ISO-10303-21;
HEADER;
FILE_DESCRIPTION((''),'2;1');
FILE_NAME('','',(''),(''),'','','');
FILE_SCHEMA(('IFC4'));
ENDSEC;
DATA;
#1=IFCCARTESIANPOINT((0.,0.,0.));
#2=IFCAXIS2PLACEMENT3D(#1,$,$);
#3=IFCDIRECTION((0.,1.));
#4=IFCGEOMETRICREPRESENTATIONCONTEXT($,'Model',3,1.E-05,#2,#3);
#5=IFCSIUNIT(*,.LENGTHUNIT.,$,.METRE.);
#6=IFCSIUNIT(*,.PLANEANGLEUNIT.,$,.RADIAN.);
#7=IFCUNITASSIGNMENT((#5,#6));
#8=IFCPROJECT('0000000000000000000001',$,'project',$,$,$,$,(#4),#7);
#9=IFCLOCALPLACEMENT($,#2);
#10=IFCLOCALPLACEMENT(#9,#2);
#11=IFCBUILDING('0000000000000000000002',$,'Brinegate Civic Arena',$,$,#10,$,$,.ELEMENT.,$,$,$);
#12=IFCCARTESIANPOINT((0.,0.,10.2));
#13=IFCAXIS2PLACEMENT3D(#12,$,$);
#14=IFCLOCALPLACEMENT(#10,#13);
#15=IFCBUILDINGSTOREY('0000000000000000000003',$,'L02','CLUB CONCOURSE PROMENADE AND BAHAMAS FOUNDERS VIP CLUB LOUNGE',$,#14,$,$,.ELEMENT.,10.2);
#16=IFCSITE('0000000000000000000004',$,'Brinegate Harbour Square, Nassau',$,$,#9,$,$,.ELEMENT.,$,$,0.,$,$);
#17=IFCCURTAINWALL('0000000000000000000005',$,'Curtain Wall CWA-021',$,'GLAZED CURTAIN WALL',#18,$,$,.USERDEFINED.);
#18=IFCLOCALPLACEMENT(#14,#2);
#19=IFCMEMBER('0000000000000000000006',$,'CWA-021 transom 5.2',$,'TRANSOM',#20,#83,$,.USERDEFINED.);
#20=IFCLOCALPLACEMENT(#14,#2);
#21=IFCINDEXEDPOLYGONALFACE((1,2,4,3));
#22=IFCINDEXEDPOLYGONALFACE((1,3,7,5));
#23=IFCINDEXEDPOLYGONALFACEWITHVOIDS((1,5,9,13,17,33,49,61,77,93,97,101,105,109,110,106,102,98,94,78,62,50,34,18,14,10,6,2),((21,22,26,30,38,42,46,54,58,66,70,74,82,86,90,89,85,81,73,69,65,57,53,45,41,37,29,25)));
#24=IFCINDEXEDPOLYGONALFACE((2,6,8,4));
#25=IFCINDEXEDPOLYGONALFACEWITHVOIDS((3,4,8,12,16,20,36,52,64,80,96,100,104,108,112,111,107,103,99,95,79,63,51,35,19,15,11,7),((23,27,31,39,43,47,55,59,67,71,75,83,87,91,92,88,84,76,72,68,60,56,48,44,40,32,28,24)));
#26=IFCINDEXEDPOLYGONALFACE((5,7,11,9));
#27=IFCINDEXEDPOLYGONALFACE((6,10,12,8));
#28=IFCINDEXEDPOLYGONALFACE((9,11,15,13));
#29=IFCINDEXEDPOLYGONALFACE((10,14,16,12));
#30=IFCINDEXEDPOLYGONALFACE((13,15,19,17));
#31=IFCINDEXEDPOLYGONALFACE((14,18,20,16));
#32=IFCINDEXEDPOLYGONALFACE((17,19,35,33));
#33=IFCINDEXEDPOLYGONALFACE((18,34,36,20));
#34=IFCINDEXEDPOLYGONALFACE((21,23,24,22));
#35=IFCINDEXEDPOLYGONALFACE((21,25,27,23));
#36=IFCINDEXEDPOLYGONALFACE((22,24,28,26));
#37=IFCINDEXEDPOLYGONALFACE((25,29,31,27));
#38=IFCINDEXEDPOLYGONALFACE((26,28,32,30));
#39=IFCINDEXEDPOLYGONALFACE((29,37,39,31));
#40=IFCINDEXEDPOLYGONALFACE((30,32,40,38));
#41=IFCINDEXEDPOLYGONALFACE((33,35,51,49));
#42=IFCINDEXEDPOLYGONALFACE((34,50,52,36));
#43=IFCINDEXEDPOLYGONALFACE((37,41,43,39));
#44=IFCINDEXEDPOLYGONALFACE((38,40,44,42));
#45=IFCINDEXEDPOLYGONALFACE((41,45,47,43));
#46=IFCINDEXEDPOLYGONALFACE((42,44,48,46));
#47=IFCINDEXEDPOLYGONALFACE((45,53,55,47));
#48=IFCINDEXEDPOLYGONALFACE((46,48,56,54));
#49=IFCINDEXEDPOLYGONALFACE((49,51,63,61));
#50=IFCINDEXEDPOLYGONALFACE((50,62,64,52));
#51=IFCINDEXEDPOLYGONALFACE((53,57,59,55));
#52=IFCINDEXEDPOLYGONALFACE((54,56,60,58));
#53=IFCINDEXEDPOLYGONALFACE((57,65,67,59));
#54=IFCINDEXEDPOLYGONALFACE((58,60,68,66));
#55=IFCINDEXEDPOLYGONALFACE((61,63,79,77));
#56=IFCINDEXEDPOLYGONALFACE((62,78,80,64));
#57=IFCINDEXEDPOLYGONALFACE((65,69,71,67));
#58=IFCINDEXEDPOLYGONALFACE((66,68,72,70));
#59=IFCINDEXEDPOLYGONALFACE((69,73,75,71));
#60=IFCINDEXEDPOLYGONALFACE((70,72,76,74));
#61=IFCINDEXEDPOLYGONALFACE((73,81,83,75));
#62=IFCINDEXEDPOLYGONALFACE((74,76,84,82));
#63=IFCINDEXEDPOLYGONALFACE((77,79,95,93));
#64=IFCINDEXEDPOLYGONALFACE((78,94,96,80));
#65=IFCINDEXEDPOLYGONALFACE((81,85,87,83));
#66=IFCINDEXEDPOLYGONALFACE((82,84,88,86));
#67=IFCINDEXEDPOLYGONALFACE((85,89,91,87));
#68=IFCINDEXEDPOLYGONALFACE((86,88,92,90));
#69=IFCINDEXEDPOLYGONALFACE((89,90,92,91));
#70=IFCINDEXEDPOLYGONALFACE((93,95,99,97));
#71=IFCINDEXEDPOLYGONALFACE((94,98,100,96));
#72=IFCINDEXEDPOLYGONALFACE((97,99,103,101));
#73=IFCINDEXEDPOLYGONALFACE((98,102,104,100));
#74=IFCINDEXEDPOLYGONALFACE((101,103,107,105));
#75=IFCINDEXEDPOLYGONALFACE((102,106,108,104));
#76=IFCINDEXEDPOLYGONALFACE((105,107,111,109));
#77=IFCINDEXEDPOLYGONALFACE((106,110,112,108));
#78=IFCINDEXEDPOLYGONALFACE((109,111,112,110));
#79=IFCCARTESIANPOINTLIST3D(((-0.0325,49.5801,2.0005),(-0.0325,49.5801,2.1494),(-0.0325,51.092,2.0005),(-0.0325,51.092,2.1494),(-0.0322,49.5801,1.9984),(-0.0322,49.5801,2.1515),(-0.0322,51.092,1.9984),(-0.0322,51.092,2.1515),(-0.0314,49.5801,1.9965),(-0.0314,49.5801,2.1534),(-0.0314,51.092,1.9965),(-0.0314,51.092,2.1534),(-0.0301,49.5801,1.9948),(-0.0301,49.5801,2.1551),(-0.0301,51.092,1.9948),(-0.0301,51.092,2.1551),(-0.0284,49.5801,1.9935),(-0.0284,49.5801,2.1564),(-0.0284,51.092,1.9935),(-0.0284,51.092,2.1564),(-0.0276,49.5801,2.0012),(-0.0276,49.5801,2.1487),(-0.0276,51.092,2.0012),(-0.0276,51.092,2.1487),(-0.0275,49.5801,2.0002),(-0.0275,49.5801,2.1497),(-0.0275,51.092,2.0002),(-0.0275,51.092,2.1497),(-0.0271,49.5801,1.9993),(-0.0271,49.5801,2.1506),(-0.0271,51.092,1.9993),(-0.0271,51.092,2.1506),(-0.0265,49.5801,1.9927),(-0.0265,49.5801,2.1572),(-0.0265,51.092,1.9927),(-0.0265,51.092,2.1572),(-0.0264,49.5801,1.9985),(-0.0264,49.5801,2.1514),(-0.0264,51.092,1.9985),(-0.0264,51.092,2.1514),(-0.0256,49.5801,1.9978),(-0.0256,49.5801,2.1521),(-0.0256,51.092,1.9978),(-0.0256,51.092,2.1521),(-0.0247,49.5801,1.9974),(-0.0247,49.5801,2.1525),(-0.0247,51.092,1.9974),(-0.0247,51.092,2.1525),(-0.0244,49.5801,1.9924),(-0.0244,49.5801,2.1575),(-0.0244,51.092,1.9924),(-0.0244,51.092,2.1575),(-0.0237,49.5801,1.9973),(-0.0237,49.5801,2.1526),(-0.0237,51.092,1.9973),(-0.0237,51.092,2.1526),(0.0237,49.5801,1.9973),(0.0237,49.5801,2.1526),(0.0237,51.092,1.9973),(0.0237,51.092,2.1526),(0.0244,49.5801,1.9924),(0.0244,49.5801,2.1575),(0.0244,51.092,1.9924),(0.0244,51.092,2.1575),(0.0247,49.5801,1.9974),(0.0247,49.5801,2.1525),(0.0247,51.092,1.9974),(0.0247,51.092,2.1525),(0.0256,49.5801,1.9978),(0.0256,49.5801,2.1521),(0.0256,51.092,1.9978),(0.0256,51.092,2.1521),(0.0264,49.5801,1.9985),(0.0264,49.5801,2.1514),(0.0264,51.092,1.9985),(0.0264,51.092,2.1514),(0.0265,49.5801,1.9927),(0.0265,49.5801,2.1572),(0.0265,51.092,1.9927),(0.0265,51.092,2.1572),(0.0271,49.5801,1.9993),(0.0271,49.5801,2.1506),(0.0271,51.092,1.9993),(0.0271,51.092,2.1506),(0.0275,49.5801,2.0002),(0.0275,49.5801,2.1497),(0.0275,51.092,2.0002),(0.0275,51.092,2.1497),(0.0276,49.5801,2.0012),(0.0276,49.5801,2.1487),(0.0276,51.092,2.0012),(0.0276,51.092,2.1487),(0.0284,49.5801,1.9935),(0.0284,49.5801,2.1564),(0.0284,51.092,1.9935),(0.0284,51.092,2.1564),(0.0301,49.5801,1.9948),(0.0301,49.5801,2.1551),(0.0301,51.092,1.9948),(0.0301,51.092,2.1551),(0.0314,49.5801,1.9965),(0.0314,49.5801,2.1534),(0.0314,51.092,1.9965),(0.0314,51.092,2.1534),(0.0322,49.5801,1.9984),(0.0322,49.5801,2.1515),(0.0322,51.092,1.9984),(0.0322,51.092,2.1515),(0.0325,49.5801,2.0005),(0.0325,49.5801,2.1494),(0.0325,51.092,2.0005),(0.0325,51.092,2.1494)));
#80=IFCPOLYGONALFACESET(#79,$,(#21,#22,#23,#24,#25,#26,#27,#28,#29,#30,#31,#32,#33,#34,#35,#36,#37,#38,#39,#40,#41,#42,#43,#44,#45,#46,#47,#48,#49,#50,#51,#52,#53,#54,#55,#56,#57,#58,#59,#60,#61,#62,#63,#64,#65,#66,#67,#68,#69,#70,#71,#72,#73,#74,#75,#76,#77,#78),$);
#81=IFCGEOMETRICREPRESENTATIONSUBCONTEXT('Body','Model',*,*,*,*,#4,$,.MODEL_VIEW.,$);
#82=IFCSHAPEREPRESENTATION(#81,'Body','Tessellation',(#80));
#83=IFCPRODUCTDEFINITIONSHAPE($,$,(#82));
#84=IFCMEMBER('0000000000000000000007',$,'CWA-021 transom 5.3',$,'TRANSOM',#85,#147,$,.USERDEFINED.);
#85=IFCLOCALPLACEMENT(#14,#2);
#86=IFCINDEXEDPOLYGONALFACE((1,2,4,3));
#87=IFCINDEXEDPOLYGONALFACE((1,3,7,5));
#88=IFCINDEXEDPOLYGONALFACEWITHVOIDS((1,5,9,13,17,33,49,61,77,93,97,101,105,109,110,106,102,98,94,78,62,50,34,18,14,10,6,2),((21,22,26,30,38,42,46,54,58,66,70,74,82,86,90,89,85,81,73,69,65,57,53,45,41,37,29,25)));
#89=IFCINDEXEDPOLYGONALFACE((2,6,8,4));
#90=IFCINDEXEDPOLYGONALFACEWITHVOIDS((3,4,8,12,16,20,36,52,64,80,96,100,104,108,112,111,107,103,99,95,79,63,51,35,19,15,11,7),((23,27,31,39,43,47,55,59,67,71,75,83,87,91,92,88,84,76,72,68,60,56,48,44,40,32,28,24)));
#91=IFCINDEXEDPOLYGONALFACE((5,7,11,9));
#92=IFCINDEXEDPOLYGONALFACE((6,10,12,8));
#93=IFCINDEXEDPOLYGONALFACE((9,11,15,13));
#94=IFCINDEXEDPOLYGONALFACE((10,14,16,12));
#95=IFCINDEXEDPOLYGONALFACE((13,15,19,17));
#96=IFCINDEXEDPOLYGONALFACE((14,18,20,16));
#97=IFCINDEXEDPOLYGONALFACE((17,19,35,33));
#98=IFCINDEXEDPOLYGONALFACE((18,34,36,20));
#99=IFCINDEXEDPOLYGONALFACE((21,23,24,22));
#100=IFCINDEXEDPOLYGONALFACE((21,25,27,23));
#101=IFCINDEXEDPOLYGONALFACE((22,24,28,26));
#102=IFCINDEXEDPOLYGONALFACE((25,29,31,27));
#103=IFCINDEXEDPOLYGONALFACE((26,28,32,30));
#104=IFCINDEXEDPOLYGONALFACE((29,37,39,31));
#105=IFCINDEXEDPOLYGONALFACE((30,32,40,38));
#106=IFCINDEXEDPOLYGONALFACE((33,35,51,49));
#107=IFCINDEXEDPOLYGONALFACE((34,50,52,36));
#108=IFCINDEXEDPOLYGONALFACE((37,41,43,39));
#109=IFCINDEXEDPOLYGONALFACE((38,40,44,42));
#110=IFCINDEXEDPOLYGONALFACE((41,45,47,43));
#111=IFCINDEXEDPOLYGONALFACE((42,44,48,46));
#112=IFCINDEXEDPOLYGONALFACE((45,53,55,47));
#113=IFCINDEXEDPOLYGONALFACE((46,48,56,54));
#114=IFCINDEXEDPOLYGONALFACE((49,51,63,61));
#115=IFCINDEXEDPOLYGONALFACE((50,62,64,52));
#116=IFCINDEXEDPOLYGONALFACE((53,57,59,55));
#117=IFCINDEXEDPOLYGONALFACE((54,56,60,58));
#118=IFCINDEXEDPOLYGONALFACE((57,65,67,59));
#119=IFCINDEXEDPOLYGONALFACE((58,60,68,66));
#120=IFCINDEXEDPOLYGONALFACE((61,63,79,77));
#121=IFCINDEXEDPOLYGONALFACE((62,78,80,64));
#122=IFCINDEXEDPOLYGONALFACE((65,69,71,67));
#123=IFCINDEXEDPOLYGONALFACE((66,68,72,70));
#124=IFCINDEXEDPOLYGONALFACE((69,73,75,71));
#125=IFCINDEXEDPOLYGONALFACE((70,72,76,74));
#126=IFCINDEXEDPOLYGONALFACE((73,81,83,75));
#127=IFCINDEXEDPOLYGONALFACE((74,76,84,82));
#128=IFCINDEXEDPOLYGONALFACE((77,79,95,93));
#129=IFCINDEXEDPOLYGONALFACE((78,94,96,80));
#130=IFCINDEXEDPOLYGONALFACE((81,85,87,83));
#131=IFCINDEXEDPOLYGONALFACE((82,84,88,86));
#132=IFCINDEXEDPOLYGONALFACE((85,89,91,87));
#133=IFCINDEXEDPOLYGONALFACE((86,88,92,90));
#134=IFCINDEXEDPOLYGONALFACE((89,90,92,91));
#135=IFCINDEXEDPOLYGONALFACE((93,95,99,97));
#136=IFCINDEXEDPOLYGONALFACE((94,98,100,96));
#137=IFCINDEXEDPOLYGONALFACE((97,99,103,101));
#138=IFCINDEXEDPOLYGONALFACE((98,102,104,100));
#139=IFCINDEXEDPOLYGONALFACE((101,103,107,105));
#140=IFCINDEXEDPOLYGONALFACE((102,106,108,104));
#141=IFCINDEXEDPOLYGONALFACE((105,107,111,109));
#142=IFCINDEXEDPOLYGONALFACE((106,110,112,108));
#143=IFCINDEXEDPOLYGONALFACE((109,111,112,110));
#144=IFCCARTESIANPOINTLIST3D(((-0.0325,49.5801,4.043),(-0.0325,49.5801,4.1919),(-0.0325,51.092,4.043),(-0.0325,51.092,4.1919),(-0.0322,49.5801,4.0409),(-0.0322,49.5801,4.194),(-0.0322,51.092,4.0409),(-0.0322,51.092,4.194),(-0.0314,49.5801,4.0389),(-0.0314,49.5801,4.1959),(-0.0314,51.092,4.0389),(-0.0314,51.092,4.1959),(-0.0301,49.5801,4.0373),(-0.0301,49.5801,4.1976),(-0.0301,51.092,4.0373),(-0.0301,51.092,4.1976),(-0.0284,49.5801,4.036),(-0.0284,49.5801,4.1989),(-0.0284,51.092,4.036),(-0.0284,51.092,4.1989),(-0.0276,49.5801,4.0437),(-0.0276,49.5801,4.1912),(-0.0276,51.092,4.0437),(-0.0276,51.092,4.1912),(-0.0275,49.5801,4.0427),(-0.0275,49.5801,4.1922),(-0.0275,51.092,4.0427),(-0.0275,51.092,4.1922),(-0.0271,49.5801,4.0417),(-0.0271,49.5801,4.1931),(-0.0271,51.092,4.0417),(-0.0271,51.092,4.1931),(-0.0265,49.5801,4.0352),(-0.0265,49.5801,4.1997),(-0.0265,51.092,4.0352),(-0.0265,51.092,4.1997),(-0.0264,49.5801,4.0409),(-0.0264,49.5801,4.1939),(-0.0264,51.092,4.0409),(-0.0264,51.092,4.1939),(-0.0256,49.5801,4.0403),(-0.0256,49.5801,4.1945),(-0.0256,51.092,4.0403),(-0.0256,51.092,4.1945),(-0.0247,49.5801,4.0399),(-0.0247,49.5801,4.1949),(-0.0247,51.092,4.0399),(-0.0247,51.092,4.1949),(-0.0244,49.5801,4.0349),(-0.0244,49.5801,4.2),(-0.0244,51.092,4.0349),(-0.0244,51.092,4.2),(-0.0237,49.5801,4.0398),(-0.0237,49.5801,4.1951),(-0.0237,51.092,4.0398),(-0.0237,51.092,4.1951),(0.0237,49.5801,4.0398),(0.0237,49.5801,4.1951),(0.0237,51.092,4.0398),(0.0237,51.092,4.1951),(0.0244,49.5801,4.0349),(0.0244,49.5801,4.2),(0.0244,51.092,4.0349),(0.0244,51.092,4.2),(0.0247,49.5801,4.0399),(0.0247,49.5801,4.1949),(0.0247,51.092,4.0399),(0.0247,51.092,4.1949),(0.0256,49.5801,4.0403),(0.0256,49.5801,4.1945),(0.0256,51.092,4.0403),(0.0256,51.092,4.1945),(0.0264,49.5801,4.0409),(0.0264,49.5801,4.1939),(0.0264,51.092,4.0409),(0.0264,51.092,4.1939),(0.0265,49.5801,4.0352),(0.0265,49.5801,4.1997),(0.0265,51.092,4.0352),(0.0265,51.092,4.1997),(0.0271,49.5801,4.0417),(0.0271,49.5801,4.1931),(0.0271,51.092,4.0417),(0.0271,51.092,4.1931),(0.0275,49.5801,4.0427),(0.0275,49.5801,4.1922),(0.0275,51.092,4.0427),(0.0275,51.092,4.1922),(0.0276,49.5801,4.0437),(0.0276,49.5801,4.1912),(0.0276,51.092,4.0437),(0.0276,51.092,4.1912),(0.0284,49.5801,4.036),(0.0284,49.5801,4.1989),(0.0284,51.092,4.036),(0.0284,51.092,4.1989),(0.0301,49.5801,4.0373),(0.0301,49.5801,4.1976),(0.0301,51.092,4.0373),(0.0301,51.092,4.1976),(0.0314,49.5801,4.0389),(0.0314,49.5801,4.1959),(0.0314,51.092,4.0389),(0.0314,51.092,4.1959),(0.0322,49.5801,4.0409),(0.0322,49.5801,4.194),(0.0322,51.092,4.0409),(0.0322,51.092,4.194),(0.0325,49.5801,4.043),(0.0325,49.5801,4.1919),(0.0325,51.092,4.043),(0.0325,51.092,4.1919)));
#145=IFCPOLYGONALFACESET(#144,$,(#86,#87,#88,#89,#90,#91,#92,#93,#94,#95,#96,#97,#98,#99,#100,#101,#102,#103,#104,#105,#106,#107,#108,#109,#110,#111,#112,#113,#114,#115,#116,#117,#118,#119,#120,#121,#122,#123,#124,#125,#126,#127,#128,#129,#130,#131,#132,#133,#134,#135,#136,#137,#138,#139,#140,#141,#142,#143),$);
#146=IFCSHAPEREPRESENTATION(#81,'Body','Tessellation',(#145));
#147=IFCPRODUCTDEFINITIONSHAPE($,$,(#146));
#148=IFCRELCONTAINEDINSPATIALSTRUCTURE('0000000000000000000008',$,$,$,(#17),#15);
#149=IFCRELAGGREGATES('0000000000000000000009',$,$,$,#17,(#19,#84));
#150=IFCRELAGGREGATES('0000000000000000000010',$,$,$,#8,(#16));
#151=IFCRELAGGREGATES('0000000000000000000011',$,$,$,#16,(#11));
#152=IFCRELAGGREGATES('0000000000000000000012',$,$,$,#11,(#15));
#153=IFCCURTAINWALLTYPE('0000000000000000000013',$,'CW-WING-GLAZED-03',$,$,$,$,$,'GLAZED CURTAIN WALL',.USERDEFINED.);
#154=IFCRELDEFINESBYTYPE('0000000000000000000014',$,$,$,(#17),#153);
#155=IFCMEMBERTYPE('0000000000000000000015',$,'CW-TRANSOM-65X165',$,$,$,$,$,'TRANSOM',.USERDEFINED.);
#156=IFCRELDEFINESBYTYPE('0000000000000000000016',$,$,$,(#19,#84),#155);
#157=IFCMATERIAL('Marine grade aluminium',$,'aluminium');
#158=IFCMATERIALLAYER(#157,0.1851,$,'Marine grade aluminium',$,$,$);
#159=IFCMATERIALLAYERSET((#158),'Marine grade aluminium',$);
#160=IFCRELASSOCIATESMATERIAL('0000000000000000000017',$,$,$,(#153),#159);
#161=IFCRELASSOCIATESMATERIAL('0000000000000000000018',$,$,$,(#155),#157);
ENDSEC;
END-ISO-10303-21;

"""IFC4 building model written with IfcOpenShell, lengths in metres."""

from ifc_helpers import new_model, si_unit, direction, frame, origin, origin_2d, place, context, subcontext, project, spatial, hollow_rectangle, extrude, material, layer, layer_set, material_profile, profile_set, type_object, element, aggregate, save


model = new_model("IFC4")

# Units and contexts
model_context = context("Model", 3, precision=1e-05, world=origin(), true_north=direction((0.0, 1.0)))
body_context = subcontext(model_context, "Body", "Model", "MODEL_VIEW")
ifc_project = project(units=[si_unit("LENGTHUNIT", "METRE"), si_unit("PLANEANGLEUNIT", "RADIAN")], contexts=[model_context])

# Site, building, storey
site_placement = place(None, origin())
site = spatial("IfcSite", under=ifc_project, at=site_placement, Name="Brinegate Harbour Square, Nassau", CompositionType="ELEMENT", RefElevation=0.0)
building_placement = place(site_placement, origin())
building = spatial("IfcBuilding", under=site, at=building_placement, Name="Brinegate Civic Arena", CompositionType="ELEMENT")
storey_placement = place(building_placement, frame((0.0, 0.0, 10.2)))
storey = spatial("IfcBuildingStorey", under=building, at=storey_placement, Name="L02", Description="CLUB CONCOURSE PROMENADE AND BAHAMAS FOUNDERS VIP CLUB LOUNGE", CompositionType="ELEMENT", Elevation=10.2)

# Curtain wall
ifc_material_1 = material(Name="Marine grade aluminium", Category="aluminium")
ifc_layer_1 = layer(ifc_material_1, 0.1851, Name="Marine grade aluminium")
ifc_layer_set_1 = layer_set([ifc_layer_1], Name="Marine grade aluminium")
curtain_wall_type = type_object("IfcCurtainWallType", Name="CW-WING-GLAZED-03", ElementType="GLAZED CURTAIN WALL", PredefinedType="USERDEFINED", material=ifc_layer_set_1)
curtain_wall_1_placement = place(storey_placement, origin())
curtain_wall_1 = element("IfcCurtainWall", 1, at=curtain_wall_1_placement, inside=storey, type_object=curtain_wall_type, Name="Curtain Wall CWA-021", ObjectType="GLAZED CURTAIN WALL", PredefinedType="USERDEFINED")

# Members
ifc_material_profile_1 = material_profile(ifc_material_1, hollow_rectangle(XDim=0.0649, YDim=0.165, WallThickness=0.0049, InnerFilletRadius=0.0039, OuterFilletRadius=0.0081, at=origin_2d()), Name="TRN65X165")
ifc_profile_set_1 = profile_set([ifc_material_profile_1], Name="Marine grade aluminium")
member_type_1 = type_object("IfcMemberType", Name="CW-TRANSOM-65X165", ElementType="TRANSOM", PredefinedType="USERDEFINED", material=ifc_profile_set_1)
member_1_placement = place(storey_placement, frame((0.0, 49.5801, 2.075), z_axis=(0.0, 1.0, 0.0), x_axis=(-1.0, 0.0, 0.0)))
member_1 = element("IfcMember", 2, at=member_1_placement, type_object=member_type_1, Name="CWA-021 transom 5.2", ObjectType="TRANSOM", PredefinedType="USERDEFINED", context=body_context, shape_type="SweptSolid", body=[
    extrude(hollow_rectangle(XDim=0.0649, YDim=0.165, WallThickness=0.0049, InnerFilletRadius=0.0039, OuterFilletRadius=0.0081, at=origin_2d()), origin(), (0.0, 0.0, 1.0), 1.512),
])
member_2_placement = place(storey_placement, frame((0.0, 49.5801, 4.1174), z_axis=(0.0, 1.0, 0.0), x_axis=(-1.0, 0.0, 0.0)))
member_2 = element("IfcMember", 3, at=member_2_placement, type_object=member_type_1, Name="CWA-021 transom 5.3", ObjectType="TRANSOM", PredefinedType="USERDEFINED", context=body_context, shape_type="SweptSolid", body=[
    extrude(hollow_rectangle(XDim=0.0649, YDim=0.165, WallThickness=0.0049, InnerFilletRadius=0.0039, OuterFilletRadius=0.0081, at=origin_2d()), origin(), (0.0, 0.0, 1.0), 1.512),
])

aggregate(curtain_wall_1, [member_1, member_2])

save(model, "model.ifc")
